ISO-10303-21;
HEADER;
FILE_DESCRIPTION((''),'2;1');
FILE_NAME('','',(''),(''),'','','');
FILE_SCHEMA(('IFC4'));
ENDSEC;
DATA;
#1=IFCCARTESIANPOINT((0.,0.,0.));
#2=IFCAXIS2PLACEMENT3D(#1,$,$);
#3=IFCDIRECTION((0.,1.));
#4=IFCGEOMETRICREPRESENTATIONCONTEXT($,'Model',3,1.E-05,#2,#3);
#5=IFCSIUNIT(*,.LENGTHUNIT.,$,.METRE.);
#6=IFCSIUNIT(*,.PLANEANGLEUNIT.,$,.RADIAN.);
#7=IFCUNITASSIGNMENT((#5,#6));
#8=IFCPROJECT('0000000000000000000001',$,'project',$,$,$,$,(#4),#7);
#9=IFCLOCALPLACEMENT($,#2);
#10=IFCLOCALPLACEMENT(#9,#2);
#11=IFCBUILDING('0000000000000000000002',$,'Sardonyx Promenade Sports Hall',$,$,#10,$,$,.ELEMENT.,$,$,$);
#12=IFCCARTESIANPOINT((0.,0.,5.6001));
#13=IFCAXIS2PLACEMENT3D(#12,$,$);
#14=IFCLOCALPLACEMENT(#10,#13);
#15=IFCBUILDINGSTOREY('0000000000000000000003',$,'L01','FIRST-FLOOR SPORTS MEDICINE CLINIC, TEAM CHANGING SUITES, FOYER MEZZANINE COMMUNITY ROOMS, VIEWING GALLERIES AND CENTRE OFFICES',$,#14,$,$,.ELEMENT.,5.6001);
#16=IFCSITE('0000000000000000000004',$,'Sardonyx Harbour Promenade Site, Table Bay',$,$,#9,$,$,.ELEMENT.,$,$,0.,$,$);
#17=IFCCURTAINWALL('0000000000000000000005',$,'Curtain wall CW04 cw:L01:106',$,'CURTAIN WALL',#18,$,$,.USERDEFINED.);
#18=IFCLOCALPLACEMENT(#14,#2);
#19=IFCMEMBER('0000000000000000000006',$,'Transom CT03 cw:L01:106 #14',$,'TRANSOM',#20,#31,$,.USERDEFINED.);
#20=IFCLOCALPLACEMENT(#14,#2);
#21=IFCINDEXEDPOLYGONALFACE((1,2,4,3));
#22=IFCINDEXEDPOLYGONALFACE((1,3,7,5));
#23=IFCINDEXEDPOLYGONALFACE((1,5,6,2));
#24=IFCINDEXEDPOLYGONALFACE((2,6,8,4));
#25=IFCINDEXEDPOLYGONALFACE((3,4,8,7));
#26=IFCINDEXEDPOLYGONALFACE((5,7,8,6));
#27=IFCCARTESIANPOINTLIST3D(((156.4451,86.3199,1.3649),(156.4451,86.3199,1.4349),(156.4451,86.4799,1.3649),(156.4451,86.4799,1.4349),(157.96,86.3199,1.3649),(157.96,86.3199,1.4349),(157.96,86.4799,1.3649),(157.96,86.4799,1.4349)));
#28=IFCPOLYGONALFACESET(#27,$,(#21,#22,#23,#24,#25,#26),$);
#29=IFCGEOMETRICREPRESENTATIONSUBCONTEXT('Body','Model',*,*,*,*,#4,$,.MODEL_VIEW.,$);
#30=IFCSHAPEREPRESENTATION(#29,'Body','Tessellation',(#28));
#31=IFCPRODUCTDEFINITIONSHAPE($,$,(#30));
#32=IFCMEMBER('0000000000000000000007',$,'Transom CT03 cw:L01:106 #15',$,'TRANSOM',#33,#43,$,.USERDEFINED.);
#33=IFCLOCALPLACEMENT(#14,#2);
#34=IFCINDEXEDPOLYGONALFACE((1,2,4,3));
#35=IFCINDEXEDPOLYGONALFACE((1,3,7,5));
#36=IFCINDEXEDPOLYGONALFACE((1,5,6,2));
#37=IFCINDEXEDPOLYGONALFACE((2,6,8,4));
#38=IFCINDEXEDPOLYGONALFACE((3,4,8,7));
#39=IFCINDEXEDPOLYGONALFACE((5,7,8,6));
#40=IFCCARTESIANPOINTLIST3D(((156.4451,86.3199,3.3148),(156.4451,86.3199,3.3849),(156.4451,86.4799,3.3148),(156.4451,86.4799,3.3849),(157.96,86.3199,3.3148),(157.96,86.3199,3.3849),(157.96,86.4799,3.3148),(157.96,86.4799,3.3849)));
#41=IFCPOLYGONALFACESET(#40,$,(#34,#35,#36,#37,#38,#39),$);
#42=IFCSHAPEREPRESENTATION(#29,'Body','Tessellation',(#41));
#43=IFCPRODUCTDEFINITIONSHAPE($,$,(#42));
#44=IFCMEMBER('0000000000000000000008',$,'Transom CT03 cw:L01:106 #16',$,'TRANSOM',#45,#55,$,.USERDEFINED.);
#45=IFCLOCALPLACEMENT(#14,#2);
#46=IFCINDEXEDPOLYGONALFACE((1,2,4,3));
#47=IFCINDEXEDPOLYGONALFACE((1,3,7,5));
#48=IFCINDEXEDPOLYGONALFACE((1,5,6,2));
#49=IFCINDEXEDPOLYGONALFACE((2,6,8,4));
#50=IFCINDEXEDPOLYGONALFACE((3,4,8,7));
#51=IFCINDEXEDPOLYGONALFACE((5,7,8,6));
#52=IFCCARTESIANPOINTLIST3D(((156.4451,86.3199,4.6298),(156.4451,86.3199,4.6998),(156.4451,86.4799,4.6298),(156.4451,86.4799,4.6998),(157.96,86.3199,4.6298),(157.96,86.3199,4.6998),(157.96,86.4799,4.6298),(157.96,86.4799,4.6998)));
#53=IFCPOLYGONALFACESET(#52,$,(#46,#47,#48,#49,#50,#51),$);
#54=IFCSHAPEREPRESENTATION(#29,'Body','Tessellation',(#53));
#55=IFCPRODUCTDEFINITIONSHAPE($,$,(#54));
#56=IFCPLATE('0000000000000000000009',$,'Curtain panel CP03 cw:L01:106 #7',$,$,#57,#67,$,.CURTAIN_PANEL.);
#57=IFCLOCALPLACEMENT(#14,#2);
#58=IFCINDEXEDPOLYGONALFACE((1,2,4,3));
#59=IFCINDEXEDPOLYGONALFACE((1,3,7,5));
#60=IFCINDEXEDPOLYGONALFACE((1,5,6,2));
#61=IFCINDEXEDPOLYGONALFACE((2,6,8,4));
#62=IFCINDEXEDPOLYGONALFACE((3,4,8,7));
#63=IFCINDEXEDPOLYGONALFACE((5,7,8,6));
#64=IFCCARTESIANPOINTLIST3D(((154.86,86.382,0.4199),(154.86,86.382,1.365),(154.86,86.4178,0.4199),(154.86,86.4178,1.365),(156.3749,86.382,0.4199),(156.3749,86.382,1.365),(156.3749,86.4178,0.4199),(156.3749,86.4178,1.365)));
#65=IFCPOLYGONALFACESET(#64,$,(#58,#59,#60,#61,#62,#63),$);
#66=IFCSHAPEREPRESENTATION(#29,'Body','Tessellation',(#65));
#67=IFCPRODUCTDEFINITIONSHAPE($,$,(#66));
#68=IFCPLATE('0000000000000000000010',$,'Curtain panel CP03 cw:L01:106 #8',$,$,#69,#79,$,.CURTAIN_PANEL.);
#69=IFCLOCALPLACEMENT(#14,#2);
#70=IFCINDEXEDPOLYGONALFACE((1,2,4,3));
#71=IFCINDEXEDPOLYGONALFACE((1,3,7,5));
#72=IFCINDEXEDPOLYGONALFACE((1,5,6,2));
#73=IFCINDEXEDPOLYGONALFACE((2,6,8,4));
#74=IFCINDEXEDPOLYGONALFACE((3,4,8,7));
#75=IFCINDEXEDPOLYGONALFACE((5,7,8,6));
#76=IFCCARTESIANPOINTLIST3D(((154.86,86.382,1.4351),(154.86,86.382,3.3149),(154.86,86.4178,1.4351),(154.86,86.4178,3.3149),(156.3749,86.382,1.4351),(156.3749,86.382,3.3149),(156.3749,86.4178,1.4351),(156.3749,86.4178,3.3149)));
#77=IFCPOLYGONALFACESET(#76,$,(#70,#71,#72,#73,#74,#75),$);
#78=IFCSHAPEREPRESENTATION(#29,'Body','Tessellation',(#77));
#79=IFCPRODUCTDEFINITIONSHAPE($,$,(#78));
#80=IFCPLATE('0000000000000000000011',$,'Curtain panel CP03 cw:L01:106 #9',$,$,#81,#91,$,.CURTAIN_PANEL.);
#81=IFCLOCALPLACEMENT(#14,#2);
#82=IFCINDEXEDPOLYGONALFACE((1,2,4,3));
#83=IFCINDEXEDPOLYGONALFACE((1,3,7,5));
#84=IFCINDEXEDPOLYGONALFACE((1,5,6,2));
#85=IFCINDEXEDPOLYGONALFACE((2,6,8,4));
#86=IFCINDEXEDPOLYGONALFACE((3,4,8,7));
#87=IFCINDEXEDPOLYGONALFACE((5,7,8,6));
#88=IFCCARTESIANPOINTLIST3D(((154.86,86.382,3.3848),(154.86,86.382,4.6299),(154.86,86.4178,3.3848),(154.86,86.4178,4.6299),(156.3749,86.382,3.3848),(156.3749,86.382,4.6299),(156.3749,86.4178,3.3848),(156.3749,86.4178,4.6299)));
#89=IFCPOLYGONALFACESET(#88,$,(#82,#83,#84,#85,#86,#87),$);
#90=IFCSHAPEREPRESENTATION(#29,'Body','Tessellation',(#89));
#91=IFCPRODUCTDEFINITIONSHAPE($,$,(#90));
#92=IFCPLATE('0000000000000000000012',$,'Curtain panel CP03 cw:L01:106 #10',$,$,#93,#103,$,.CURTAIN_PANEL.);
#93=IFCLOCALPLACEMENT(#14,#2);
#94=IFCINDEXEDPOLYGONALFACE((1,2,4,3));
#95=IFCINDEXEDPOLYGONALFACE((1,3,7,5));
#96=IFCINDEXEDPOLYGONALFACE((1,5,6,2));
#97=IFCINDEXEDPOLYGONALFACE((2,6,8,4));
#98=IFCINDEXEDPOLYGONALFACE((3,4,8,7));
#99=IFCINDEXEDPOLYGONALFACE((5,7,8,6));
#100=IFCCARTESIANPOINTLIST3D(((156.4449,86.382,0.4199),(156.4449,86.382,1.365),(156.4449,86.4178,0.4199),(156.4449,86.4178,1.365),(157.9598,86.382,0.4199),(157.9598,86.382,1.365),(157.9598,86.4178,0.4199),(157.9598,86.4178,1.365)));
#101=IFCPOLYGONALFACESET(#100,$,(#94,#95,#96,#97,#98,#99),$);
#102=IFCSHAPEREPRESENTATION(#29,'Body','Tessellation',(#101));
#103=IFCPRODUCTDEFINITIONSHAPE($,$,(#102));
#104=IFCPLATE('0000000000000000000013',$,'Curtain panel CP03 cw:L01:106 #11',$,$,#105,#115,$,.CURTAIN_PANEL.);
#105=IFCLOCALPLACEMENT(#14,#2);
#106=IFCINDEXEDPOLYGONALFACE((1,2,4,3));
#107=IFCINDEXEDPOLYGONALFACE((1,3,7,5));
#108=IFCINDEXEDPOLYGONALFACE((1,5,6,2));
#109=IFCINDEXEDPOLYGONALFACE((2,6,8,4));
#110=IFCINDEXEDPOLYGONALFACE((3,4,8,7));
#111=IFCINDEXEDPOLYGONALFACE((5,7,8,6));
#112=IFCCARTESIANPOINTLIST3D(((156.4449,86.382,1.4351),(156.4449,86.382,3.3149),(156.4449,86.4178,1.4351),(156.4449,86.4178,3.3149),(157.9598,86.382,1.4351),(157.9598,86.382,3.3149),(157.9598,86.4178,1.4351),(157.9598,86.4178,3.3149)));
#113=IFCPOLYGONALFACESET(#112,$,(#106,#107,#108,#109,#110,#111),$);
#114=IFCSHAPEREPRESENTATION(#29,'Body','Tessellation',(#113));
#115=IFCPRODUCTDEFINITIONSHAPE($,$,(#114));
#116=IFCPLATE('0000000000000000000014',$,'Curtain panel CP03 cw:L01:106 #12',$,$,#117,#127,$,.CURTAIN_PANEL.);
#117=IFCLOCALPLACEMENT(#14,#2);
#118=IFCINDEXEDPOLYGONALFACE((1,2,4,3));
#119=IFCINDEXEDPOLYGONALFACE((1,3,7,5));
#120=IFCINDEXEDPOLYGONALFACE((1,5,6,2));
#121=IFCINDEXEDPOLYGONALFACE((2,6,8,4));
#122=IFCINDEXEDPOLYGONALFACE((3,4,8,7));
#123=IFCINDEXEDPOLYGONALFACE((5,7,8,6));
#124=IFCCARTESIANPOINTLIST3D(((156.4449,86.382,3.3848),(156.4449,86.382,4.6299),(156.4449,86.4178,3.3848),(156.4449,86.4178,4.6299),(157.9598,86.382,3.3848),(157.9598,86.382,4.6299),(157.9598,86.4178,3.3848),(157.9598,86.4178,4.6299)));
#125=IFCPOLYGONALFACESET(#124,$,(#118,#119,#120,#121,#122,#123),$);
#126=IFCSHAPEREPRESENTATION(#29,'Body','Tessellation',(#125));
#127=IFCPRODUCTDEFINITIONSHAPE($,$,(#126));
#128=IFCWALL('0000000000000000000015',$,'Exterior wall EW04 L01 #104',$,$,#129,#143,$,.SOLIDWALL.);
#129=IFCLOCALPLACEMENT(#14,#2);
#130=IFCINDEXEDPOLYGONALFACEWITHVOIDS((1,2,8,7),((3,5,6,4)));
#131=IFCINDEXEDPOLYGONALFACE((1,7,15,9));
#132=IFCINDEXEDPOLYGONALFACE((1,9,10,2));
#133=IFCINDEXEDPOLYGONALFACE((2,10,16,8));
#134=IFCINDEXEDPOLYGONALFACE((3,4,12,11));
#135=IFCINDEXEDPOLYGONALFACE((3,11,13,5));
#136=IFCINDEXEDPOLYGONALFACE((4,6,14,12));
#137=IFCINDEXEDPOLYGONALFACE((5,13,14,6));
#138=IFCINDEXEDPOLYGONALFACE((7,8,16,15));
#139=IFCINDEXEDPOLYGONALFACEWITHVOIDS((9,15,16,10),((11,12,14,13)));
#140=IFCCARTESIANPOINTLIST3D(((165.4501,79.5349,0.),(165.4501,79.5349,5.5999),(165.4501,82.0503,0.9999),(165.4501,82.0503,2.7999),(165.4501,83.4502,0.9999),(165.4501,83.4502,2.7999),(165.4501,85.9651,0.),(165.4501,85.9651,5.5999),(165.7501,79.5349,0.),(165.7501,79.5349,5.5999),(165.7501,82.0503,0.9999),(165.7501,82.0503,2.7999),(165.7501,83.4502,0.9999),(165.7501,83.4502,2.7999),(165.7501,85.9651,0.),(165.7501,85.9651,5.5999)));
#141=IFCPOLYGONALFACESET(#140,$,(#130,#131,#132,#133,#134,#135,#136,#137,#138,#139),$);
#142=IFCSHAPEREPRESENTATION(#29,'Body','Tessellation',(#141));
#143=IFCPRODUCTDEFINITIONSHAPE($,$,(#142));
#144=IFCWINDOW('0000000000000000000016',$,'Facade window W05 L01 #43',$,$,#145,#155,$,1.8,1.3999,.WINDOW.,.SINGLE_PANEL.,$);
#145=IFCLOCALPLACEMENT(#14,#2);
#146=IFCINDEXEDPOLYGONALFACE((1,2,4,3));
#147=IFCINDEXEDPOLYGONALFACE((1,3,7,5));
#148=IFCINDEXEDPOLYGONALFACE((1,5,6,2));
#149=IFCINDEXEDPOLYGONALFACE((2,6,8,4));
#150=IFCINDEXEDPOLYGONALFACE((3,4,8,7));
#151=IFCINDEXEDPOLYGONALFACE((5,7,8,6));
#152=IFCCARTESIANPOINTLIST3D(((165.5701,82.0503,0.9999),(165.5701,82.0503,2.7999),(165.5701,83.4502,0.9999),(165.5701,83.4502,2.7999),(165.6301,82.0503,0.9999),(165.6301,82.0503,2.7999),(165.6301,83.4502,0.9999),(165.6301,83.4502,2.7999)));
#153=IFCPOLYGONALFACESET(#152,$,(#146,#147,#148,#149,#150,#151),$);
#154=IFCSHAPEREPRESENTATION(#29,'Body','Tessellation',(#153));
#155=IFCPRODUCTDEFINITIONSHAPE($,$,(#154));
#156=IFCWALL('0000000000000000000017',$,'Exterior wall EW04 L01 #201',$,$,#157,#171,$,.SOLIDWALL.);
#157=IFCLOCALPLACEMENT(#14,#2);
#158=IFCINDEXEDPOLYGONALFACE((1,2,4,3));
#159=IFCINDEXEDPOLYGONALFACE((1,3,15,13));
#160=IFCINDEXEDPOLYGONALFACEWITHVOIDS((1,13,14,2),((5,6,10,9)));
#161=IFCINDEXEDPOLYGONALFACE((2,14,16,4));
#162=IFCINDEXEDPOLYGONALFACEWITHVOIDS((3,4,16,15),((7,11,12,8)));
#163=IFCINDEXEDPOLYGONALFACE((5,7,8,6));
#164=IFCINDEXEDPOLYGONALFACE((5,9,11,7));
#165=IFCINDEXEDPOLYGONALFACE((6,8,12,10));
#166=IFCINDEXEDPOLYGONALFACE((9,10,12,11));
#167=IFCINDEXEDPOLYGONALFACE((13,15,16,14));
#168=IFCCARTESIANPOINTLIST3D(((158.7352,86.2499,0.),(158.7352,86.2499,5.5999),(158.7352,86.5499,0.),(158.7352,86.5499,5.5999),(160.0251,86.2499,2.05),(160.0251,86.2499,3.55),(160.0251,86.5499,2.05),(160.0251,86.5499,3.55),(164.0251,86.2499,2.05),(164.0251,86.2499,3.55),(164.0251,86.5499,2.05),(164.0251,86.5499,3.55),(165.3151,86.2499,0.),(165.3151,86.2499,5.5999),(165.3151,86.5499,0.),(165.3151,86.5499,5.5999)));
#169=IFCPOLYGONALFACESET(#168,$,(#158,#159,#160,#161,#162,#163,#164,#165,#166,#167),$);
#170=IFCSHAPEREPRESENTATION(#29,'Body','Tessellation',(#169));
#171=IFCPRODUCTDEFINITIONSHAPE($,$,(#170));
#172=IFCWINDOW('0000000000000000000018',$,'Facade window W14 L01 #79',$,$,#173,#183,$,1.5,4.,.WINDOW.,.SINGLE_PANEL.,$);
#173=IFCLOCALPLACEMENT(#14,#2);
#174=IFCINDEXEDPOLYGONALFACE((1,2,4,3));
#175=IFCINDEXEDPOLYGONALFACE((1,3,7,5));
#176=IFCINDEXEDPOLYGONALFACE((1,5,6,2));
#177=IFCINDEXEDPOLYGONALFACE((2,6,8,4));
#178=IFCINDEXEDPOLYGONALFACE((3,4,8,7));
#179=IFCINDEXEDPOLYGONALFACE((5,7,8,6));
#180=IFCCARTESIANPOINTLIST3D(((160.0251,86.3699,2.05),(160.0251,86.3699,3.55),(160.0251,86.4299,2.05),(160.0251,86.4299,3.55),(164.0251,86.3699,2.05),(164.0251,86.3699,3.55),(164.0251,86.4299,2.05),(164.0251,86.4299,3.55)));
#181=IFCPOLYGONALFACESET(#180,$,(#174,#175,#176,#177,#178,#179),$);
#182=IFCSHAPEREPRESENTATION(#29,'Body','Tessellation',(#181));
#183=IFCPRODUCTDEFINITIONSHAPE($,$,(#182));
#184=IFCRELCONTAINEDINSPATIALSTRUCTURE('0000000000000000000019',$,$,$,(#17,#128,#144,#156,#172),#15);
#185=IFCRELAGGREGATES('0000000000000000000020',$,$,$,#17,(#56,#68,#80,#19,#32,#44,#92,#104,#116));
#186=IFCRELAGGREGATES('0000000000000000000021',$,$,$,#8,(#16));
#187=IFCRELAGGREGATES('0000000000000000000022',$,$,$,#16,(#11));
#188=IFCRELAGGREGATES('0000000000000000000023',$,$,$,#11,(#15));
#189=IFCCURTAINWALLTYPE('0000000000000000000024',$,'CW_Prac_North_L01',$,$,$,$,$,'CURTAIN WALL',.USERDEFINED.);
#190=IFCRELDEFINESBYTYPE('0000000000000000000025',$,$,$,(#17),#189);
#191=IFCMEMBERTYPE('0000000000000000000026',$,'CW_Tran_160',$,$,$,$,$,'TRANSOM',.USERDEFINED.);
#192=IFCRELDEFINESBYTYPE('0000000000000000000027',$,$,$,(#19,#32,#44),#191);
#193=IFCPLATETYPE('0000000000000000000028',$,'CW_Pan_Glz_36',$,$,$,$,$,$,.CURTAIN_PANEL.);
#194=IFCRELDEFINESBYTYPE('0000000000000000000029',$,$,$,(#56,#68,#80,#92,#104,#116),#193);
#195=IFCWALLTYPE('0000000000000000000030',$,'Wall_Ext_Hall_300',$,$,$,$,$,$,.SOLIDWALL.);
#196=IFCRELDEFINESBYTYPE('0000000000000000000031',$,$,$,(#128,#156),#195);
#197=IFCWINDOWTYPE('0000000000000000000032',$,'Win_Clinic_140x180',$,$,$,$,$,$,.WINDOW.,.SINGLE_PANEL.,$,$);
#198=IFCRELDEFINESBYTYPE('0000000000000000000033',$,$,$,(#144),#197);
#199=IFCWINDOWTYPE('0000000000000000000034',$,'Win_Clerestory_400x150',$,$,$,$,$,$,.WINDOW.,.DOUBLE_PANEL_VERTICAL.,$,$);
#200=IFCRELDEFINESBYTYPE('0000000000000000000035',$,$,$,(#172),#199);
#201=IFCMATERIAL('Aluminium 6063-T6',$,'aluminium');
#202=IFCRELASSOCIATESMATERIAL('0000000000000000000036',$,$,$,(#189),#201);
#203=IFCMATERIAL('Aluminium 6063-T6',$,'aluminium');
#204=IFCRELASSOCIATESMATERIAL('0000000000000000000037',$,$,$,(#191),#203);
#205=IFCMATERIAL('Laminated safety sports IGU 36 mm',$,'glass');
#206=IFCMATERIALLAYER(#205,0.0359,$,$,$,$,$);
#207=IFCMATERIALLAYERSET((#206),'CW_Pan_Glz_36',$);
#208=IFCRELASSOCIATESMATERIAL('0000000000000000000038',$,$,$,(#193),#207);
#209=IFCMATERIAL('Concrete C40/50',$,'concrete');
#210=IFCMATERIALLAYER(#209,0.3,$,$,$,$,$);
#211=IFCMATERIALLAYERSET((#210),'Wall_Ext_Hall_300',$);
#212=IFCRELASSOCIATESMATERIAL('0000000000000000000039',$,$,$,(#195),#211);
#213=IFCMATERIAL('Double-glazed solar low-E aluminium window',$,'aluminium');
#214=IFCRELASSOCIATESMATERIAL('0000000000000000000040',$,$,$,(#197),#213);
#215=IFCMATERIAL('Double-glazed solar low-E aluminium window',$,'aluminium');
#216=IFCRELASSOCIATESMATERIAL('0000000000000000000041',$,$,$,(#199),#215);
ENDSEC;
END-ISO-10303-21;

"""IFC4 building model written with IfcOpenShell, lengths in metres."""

from ifc_helpers import new_model, si_unit, direction, frame, frame_2d, origin, origin_2d, place, context, subcontext, project, spatial, rectangle, extrude, material, layer, layer_set, material_profile, profile_set, type_object, element, fill, aggregate, save


model = new_model("IFC4")

# Units and contexts
model_context = context("Model", 3, precision=1e-05, world=origin(), true_north=direction((0.0, 1.0)))
body_context = subcontext(model_context, "Body", "Model", "MODEL_VIEW")
ifc_project = project(units=[si_unit("LENGTHUNIT", "METRE"), si_unit("PLANEANGLEUNIT", "RADIAN")], contexts=[model_context])

# Site, building, storey
site_placement = place(None, origin())
site = spatial("IfcSite", under=ifc_project, at=site_placement, Name="Sardonyx Harbour Promenade Site, Table Bay", CompositionType="ELEMENT", RefElevation=0.0)
building_placement = place(site_placement, origin())
building = spatial("IfcBuilding", under=site, at=building_placement, Name="Sardonyx Promenade Sports Hall", CompositionType="ELEMENT")
storey_placement = place(building_placement, frame((0.0, 0.0, 5.6001)))
storey = spatial("IfcBuildingStorey", under=building, at=storey_placement, Name="L01", Description="FIRST-FLOOR SPORTS MEDICINE CLINIC, TEAM CHANGING SUITES, FOYER MEZZANINE COMMUNITY ROOMS, VIEWING GALLERIES AND CENTRE OFFICES", CompositionType="ELEMENT", Elevation=5.6001)

# Curtain wall, members, plates
ifc_material_1 = material(Name="Aluminium 6063-T6", Category="aluminium")
curtain_wall_type = type_object("IfcCurtainWallType", Name="CW_Prac_North_L01", ElementType="CURTAIN WALL", PredefinedType="USERDEFINED", material=ifc_material_1)
curtain_wall_placement = place(storey_placement, origin())
curtain_wall = element("IfcCurtainWall", 1, at=curtain_wall_placement, inside=storey, type_object=curtain_wall_type, Name="Curtain wall CW04 cw:L01:106", ObjectType="CURTAIN WALL", PredefinedType="USERDEFINED")
ifc_material_2 = material(Name="Aluminium 6063-T6", Category="aluminium")
ifc_material_profile_1 = material_profile(ifc_material_2, rectangle(XDim=0.0701, YDim=0.1599, at=origin_2d()))
ifc_profile_set_1 = profile_set([ifc_material_profile_1], Name="Aluminium 6063-T6")
member_type_1 = type_object("IfcMemberType", Name="CW_Tran_160", ElementType="TRANSOM", PredefinedType="USERDEFINED", material=ifc_profile_set_1)
member_1_placement = place(storey_placement, frame((156.4451, 86.3999, 1.3999), z_axis=(1.0, 0.0, 0.0), x_axis=(0.0, 0.0, 1.0)))
member_1 = element("IfcMember", 2, at=member_1_placement, type_object=member_type_1, Name="Transom CT03 cw:L01:106 #14", ObjectType="TRANSOM", PredefinedType="USERDEFINED", context=body_context, shape_type="SweptSolid", body=[
    extrude(rectangle(XDim=0.0701, YDim=0.1599, at=origin_2d()), origin(), (0.0, 0.0, 1.0), 1.5149),
])
member_2_placement = place(storey_placement, frame((156.4451, 86.3999, 3.3499), z_axis=(1.0, 0.0, 0.0), x_axis=(0.0, 0.0, 1.0)))
member_2 = element("IfcMember", 3, at=member_2_placement, type_object=member_type_1, Name="Transom CT03 cw:L01:106 #15", ObjectType="TRANSOM", PredefinedType="USERDEFINED", context=body_context, shape_type="SweptSolid", body=[
    extrude(rectangle(XDim=0.0701, YDim=0.1599, at=origin_2d()), origin(), (0.0, 0.0, 1.0), 1.5149),
])
member_3_placement = place(storey_placement, frame((156.4451, 86.3999, 4.6648), z_axis=(1.0, 0.0, 0.0), x_axis=(0.0, 0.0, 1.0)))
member_3 = element("IfcMember", 4, at=member_3_placement, type_object=member_type_1, Name="Transom CT03 cw:L01:106 #16", ObjectType="TRANSOM", PredefinedType="USERDEFINED", context=body_context, shape_type="SweptSolid", body=[
    extrude(rectangle(XDim=0.0701, YDim=0.1599, at=origin_2d()), origin(), (0.0, 0.0, 1.0), 1.5149),
])
ifc_material_3 = material(Name="Laminated safety sports IGU 36 mm", Category="glass")
ifc_layer_1 = layer(ifc_material_3, 0.0359)
ifc_layer_set_1 = layer_set([ifc_layer_1], Name="CW_Pan_Glz_36")
plate_type = type_object("IfcPlateType", Name="CW_Pan_Glz_36", PredefinedType="CURTAIN_PANEL", material=ifc_layer_set_1)
plate_1_placement = place(storey_placement, frame((155.6174, 86.3999, 0.4199), z_axis=(0.0, 0.0, 1.0), x_axis=(1.0, 0.0, 0.0)))
plate_1 = element("IfcPlate", 5, at=plate_1_placement, type_object=plate_type, Name="Curtain panel CP03 cw:L01:106 #7", PredefinedType="CURTAIN_PANEL", context=body_context, shape_type="SweptSolid", body=[
    extrude(rectangle(XDim=1.5149, YDim=0.0359, at=origin_2d()), origin(), (0.0, 0.0, 1.0), 0.9451),
])
plate_2_placement = place(storey_placement, frame((155.6174, 86.3999, 1.4351), z_axis=(0.0, 0.0, 1.0), x_axis=(1.0, 0.0, 0.0)))
plate_2 = element("IfcPlate", 6, at=plate_2_placement, type_object=plate_type, Name="Curtain panel CP03 cw:L01:106 #8", PredefinedType="CURTAIN_PANEL", context=body_context, shape_type="SweptSolid", body=[
    extrude(rectangle(XDim=1.5149, YDim=0.0359, at=origin_2d()), origin(), (0.0, 0.0, 1.0), 1.8799),
])
plate_3_placement = place(storey_placement, frame((155.6174, 86.3999, 3.3848), z_axis=(0.0, 0.0, 1.0), x_axis=(1.0, 0.0, 0.0)))
plate_3 = element("IfcPlate", 7, at=plate_3_placement, type_object=plate_type, Name="Curtain panel CP03 cw:L01:106 #9", PredefinedType="CURTAIN_PANEL", context=body_context, shape_type="SweptSolid", body=[
    extrude(rectangle(XDim=1.5149, YDim=0.0359, at=origin_2d()), origin(), (0.0, 0.0, 1.0), 1.2451),
])
plate_4_placement = place(storey_placement, frame((157.2024, 86.3999, 0.4199), z_axis=(0.0, 0.0, 1.0), x_axis=(1.0, 0.0, 0.0)))
plate_4 = element("IfcPlate", 8, at=plate_4_placement, type_object=plate_type, Name="Curtain panel CP03 cw:L01:106 #10", PredefinedType="CURTAIN_PANEL", context=body_context, shape_type="SweptSolid", body=[
    extrude(rectangle(XDim=1.5149, YDim=0.0359, at=origin_2d()), origin(), (0.0, 0.0, 1.0), 0.9451),
])
plate_5_placement = place(storey_placement, frame((157.2024, 86.3999, 1.4351), z_axis=(0.0, 0.0, 1.0), x_axis=(1.0, 0.0, 0.0)))
plate_5 = element("IfcPlate", 9, at=plate_5_placement, type_object=plate_type, Name="Curtain panel CP03 cw:L01:106 #11", PredefinedType="CURTAIN_PANEL", context=body_context, shape_type="SweptSolid", body=[
    extrude(rectangle(XDim=1.5149, YDim=0.0359, at=origin_2d()), origin(), (0.0, 0.0, 1.0), 1.8799),
])
plate_6_placement = place(storey_placement, frame((157.2024, 86.3999, 3.3848), z_axis=(0.0, 0.0, 1.0), x_axis=(1.0, 0.0, 0.0)))
plate_6 = element("IfcPlate", 10, at=plate_6_placement, type_object=plate_type, Name="Curtain panel CP03 cw:L01:106 #12", PredefinedType="CURTAIN_PANEL", context=body_context, shape_type="SweptSolid", body=[
    extrude(rectangle(XDim=1.5149, YDim=0.0359, at=origin_2d()), origin(), (0.0, 0.0, 1.0), 1.2451),
])
aggregate(curtain_wall, [plate_1, plate_2, plate_3, member_1, member_2, member_3, plate_4, plate_5, plate_6])

# Walls, openings, windows
ifc_material_4 = material(Name="Concrete C40/50", Category="concrete")
ifc_layer_2 = layer(ifc_material_4, 0.3)
ifc_layer_set_2 = layer_set([ifc_layer_2], Name="Wall_Ext_Hall_300")
wall_type_1 = type_object("IfcWallType", Name="Wall_Ext_Hall_300", PredefinedType="SOLIDWALL", material=ifc_layer_set_2)
wall_1_placement = place(storey_placement, frame((165.6001, 85.9651, 0.0), z_axis=(0.0, 0.0, 1.0), x_axis=(0.0, -1.0, 0.0)))
wall_1 = element("IfcWall", 11, at=wall_1_placement, inside=storey, type_object=wall_type_1, Name="Exterior wall EW04 L01 #104", PredefinedType="SOLIDWALL", context=body_context, shape_type="SweptSolid", body=[
    extrude(rectangle(XDim=6.4302, YDim=0.3, at=frame_2d((3.2151, 0.0))), origin(), (0.0, 0.0, 1.0), 5.5999),
])
opening_1_placement = place(wall_1_placement, frame((2.5149, 0.0, 1.0)))
opening_1 = element("IfcOpeningElement", 12, at=opening_1_placement, cuts=wall_1, PredefinedType="OPENING", context=body_context, shape_type="SweptSolid", body=[
    extrude(rectangle(XDim=1.3999, YDim=1.8, at=frame_2d((0.7, 0.8999))), frame((0.0, 0.16, 0.0), z_axis=(0.0, -1.0, 0.0), x_axis=(1.0, 0.0, 0.0)), (0.0, 0.0, 1.0), 0.32),
])
ifc_material_5 = material(Name="Double-glazed solar low-E aluminium window", Category="aluminium")
window_type_1 = type_object("IfcWindowType", Name="Win_Clinic_140x180", PartitioningType="SINGLE_PANEL", PredefinedType="WINDOW", material=ifc_material_5)
window_1_placement = place(opening_1_placement, origin())
window_1 = element("IfcWindow", 13, at=window_1_placement, inside=storey, type_object=window_type_1, Name="Facade window W05 L01 #43", OverallHeight=1.8, OverallWidth=1.3999, PartitioningType="SINGLE_PANEL", PredefinedType="WINDOW", context=body_context, shape_type="SweptSolid", body=[
    extrude(rectangle(XDim=1.3999, YDim=1.8, at=frame_2d((0.7, 0.8999))), frame((0.0, 0.03, 0.0), z_axis=(0.0, -1.0, 0.0), x_axis=(1.0, 0.0, 0.0)), (0.0, 0.0, 1.0), 0.0601),
])
fill(opening_1, window_1)
wall_2_placement = place(storey_placement, frame((158.7351, 86.3999, 0.0), z_axis=(0.0, 0.0, 1.0), x_axis=(1.0, 0.0, 0.0)))
wall_2 = element("IfcWall", 14, at=wall_2_placement, inside=storey, type_object=wall_type_1, Name="Exterior wall EW04 L01 #201", PredefinedType="SOLIDWALL", context=body_context, shape_type="SweptSolid", body=[
    extrude(rectangle(XDim=6.5798, YDim=0.3, at=frame_2d((3.29, 0.0))), origin(), (0.0, 0.0, 1.0), 5.5999),
])
opening_2_placement = place(wall_2_placement, frame((1.29, 0.0, 2.05)))
opening_2 = element("IfcOpeningElement", 15, at=opening_2_placement, cuts=wall_2, PredefinedType="OPENING", context=body_context, shape_type="SweptSolid", body=[
    extrude(rectangle(XDim=4.0, YDim=1.5, at=frame_2d((2.0, 0.75))), frame((0.0, 0.16, 0.0), z_axis=(0.0, -1.0, 0.0), x_axis=(1.0, 0.0, 0.0)), (0.0, 0.0, 1.0), 0.32),
])
ifc_material_6 = material(Name="Double-glazed solar low-E aluminium window", Category="aluminium")
window_type_2 = type_object("IfcWindowType", Name="Win_Clerestory_400x150", PartitioningType="DOUBLE_PANEL_VERTICAL", PredefinedType="WINDOW", material=ifc_material_6)
window_2_placement = place(opening_2_placement, origin())
window_2 = element("IfcWindow", 16, at=window_2_placement, inside=storey, type_object=window_type_2, Name="Facade window W14 L01 #79", OverallHeight=1.5, OverallWidth=4.0, PartitioningType="SINGLE_PANEL", PredefinedType="WINDOW", context=body_context, shape_type="SweptSolid", body=[
    extrude(rectangle(XDim=4.0, YDim=1.5, at=frame_2d((2.0, 0.75))), frame((0.0, 0.03, 0.0), z_axis=(0.0, -1.0, 0.0), x_axis=(1.0, 0.0, 0.0)), (0.0, 0.0, 1.0), 0.0601),
])
fill(opening_2, window_2)

save(model, "model.ifc")
